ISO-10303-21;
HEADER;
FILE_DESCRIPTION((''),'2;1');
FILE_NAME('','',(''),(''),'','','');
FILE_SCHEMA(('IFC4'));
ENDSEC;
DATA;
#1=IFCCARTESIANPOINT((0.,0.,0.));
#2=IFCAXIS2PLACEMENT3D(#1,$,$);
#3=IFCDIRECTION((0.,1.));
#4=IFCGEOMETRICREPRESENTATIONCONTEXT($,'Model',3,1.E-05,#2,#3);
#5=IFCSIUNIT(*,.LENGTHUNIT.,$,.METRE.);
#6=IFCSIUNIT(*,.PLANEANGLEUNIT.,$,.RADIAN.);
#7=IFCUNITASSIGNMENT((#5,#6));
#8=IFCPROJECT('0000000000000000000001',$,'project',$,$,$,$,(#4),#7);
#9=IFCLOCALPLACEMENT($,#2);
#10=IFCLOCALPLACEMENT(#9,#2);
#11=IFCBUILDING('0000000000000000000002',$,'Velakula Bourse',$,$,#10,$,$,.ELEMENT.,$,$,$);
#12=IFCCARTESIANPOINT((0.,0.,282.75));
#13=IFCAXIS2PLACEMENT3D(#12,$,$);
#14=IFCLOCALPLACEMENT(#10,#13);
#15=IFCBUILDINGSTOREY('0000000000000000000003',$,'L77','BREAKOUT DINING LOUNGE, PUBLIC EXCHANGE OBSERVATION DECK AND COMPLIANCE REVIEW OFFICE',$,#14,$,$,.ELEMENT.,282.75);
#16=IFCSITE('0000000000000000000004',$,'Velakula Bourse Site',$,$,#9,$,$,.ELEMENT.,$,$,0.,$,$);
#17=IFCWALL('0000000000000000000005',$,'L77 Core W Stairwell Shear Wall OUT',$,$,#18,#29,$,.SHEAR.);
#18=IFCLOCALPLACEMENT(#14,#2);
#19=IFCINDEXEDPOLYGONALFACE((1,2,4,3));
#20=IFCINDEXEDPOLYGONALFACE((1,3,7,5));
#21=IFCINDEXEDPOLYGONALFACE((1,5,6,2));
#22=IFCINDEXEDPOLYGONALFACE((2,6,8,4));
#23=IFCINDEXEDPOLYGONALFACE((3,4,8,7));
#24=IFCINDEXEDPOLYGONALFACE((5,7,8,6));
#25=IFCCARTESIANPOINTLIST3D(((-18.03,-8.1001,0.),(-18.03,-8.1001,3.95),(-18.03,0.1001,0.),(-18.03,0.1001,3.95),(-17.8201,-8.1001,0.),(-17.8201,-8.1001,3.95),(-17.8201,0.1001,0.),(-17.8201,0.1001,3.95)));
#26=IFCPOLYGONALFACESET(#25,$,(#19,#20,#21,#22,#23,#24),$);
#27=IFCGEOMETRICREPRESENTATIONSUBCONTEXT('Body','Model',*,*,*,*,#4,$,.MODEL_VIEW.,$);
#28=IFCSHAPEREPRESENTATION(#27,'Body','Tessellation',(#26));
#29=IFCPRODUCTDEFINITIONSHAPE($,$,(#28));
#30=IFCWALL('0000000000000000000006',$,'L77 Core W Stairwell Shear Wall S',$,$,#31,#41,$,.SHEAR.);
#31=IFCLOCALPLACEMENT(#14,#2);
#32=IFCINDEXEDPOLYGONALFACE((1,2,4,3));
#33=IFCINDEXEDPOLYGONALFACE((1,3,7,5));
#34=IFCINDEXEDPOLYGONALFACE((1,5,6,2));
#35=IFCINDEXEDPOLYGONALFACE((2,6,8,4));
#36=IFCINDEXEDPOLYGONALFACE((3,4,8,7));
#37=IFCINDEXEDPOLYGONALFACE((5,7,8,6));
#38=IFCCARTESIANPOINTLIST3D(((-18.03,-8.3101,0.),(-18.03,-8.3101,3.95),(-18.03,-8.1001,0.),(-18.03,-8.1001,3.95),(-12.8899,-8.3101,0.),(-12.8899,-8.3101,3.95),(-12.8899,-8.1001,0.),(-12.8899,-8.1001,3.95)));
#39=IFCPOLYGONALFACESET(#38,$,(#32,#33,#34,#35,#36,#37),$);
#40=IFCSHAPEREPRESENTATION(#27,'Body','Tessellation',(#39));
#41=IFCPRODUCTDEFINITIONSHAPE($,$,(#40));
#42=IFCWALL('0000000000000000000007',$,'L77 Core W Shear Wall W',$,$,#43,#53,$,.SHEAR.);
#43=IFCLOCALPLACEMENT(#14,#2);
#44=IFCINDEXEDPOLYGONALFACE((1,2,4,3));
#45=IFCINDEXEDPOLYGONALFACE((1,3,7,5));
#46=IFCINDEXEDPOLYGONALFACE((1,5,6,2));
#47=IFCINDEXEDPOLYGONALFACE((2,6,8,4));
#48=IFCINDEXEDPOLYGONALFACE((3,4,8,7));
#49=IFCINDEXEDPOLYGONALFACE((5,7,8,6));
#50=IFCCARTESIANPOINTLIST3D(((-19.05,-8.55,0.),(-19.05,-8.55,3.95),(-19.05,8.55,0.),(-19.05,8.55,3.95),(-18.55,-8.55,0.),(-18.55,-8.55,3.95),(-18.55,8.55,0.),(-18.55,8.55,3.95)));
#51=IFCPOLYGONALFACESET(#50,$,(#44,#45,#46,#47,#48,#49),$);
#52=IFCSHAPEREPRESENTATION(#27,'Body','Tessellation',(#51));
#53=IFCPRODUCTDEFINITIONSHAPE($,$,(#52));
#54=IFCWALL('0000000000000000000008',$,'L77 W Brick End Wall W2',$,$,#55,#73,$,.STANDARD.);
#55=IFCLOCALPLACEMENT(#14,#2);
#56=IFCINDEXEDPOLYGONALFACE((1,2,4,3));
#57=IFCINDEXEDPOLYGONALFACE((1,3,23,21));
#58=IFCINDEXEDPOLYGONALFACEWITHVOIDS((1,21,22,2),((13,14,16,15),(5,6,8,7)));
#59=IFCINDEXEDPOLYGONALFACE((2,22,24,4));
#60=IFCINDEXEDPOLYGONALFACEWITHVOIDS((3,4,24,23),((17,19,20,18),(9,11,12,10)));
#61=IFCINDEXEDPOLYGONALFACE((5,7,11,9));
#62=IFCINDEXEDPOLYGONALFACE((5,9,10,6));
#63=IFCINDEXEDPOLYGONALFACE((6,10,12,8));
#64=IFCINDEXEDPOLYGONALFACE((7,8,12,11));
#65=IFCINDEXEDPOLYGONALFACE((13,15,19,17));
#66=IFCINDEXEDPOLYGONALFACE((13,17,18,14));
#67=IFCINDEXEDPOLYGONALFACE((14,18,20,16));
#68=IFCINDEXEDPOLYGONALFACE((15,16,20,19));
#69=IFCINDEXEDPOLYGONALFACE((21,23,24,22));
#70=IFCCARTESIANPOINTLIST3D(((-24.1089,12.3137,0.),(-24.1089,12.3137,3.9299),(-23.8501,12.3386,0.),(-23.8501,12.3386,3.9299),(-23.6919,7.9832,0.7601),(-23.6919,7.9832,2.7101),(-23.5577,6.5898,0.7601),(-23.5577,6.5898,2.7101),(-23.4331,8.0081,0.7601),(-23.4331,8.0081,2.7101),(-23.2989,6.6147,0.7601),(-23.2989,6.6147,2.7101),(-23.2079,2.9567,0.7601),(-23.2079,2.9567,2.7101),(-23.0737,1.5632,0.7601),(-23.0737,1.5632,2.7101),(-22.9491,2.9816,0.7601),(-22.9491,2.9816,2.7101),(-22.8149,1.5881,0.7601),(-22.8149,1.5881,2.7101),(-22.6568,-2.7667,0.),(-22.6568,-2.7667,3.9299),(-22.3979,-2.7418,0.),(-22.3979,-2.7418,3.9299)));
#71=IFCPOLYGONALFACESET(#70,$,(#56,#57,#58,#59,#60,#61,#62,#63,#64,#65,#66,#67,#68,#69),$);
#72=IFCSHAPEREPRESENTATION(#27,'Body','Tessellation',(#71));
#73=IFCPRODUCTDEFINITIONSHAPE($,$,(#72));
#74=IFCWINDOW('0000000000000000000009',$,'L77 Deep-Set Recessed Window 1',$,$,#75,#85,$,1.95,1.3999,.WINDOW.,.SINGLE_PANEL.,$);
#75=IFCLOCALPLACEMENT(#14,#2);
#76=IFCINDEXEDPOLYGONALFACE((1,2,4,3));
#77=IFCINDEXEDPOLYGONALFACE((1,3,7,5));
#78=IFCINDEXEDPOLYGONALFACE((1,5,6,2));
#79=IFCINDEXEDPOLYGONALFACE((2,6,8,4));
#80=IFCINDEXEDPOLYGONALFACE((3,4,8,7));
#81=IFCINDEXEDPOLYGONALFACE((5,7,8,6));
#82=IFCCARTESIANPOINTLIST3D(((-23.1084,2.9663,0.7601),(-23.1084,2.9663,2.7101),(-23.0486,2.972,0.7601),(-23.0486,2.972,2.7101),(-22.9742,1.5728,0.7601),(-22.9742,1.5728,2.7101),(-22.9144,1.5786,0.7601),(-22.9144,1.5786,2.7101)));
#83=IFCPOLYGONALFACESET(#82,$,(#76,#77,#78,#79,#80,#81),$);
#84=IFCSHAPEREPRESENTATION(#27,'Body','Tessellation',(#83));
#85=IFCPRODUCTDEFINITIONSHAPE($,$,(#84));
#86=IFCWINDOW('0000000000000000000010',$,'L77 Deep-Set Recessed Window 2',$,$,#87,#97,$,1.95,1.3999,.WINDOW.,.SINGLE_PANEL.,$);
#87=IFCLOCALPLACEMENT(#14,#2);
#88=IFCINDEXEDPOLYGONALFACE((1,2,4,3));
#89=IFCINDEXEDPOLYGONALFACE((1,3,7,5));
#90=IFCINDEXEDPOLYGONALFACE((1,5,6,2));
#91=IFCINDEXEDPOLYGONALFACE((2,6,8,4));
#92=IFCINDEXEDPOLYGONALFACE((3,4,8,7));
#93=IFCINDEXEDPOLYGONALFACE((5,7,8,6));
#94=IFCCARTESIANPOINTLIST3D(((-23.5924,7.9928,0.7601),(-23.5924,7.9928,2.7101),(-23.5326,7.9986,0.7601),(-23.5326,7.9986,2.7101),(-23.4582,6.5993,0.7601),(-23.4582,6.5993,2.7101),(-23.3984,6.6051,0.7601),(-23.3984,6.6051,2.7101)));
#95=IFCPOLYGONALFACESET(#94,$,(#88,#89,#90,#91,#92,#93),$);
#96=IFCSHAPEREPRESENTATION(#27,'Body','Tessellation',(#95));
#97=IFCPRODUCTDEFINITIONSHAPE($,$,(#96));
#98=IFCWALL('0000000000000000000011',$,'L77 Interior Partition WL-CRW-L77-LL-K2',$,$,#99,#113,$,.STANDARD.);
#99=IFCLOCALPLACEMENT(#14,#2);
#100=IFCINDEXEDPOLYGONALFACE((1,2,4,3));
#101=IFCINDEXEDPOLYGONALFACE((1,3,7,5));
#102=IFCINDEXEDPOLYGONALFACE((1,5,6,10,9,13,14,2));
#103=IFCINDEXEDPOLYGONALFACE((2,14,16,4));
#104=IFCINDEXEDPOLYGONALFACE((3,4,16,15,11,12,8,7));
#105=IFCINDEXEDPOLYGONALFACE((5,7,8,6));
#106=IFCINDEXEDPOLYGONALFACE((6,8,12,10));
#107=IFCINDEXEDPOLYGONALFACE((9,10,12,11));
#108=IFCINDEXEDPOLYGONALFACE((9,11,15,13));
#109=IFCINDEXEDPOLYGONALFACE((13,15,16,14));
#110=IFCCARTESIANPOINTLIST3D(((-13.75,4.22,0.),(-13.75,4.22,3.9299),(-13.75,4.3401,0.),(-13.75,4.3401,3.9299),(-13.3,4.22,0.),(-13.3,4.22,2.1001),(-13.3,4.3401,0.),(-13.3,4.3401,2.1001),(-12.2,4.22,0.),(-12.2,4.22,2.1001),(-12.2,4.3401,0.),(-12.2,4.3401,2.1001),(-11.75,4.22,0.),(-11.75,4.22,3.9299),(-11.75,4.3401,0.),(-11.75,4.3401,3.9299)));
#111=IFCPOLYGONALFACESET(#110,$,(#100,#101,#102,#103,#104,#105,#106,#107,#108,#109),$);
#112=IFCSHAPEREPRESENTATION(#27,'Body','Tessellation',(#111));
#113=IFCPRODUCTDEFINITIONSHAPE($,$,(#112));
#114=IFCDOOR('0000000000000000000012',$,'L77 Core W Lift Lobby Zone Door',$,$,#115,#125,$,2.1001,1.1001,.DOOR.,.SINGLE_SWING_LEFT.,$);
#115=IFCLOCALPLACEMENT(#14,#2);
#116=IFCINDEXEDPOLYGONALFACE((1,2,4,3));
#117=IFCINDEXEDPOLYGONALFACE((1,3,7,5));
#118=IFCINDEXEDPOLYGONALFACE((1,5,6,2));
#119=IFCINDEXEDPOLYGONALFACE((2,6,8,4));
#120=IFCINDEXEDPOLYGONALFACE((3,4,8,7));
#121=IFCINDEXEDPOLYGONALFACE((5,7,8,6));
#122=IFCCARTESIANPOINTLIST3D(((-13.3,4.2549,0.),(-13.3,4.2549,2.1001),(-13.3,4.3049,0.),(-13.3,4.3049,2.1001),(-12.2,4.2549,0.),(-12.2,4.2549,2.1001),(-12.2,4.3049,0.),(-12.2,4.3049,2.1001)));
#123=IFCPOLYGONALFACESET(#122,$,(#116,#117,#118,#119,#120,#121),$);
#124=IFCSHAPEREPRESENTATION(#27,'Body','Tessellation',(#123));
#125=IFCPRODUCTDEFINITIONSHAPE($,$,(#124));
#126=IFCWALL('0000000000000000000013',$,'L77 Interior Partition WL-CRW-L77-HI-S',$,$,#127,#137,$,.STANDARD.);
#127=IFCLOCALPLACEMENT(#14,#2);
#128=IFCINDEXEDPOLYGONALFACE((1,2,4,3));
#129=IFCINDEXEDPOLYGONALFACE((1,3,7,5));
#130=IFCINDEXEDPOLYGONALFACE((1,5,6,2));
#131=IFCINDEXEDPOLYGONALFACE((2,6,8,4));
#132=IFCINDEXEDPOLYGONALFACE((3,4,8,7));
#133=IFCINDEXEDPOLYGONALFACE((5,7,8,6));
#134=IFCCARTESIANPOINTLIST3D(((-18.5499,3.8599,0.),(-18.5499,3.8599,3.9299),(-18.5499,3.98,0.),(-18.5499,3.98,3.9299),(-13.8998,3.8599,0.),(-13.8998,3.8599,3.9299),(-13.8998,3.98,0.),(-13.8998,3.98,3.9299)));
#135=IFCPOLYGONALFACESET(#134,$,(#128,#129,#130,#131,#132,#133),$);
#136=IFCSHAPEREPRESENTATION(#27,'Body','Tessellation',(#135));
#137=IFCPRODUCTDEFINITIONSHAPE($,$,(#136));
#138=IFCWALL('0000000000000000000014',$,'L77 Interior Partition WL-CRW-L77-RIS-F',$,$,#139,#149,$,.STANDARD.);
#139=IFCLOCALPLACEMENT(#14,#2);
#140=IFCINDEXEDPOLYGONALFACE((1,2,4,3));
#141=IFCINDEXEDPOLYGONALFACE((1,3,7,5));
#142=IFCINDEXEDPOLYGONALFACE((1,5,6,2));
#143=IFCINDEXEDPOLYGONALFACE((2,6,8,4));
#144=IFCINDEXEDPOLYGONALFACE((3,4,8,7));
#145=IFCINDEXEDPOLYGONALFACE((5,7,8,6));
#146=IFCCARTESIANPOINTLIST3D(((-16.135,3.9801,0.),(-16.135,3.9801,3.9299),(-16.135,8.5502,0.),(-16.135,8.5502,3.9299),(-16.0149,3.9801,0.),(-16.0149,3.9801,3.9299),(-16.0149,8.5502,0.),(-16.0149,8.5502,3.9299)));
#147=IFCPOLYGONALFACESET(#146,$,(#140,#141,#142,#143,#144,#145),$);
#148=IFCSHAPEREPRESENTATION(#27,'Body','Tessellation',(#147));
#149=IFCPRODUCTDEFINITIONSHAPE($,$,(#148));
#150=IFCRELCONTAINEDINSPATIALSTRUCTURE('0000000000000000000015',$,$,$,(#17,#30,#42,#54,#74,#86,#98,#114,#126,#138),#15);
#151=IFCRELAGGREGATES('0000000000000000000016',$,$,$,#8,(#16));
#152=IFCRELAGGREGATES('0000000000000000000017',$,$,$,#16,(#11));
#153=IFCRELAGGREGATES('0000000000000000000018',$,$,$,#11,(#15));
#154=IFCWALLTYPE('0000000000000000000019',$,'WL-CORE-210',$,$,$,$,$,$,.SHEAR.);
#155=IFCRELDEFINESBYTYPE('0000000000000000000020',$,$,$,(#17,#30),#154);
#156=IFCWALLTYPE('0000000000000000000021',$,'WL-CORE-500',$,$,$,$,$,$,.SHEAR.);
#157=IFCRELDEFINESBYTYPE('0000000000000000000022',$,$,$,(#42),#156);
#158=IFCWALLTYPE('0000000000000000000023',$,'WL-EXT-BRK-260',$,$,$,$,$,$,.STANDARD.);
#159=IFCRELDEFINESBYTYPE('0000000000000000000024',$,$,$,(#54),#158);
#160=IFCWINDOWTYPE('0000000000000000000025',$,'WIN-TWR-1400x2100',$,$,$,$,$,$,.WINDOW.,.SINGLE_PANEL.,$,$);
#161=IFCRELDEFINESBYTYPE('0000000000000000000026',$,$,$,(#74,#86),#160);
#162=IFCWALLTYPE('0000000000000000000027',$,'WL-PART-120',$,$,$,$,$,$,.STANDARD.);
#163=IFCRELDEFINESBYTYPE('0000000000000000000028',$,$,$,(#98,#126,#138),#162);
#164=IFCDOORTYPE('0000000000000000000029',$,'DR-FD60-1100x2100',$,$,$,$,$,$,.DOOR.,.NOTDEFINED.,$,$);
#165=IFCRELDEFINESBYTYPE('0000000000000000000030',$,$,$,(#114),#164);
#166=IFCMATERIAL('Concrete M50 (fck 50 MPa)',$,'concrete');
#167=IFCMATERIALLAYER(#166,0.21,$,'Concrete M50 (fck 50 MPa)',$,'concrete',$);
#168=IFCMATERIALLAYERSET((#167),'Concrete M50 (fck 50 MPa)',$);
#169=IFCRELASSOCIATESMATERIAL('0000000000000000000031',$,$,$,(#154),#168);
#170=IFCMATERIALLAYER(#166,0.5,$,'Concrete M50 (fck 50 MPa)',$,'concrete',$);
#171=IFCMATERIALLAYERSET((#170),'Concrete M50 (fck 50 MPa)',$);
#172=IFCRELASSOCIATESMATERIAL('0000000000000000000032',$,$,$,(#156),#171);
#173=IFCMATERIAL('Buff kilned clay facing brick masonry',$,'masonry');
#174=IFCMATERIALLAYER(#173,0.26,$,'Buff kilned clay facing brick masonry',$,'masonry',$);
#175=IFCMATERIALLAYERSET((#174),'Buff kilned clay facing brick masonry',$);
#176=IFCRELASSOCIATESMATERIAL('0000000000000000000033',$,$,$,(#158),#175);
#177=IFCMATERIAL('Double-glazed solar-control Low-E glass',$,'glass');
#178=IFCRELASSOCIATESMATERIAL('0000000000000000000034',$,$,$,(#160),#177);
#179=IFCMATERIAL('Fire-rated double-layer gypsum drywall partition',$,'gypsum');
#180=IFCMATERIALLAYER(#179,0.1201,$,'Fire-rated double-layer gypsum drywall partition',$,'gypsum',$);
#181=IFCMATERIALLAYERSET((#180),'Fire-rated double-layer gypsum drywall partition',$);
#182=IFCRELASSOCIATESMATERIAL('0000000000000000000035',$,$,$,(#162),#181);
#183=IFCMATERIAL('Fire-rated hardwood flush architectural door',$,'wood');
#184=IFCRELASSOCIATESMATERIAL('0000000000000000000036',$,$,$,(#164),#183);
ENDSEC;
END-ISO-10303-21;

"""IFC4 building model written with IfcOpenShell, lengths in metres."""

from ifc_helpers import new_model, si_unit, direction, frame, frame_2d, origin, place, context, subcontext, project, spatial, rectangle, extrude, material, layer, layer_set, type_object, element, fill, save


model = new_model("IFC4")

# Units and contexts
model_context = context("Model", 3, precision=1e-05, world=origin(), true_north=direction((0.0, 1.0)))
body_context = subcontext(model_context, "Body", "Model", "MODEL_VIEW")
ifc_project = project(units=[si_unit("LENGTHUNIT", "METRE"), si_unit("PLANEANGLEUNIT", "RADIAN")], contexts=[model_context])

# Site, building, storey
site_placement = place(None, origin())
site = spatial("IfcSite", under=ifc_project, at=site_placement, Name="Velakula Bourse Site", CompositionType="ELEMENT", RefElevation=0.0)
building_placement = place(site_placement, origin())
building = spatial("IfcBuilding", under=site, at=building_placement, Name="Velakula Bourse", CompositionType="ELEMENT")
storey_placement = place(building_placement, frame((0.0, 0.0, 282.75)))
storey = spatial("IfcBuildingStorey", under=building, at=storey_placement, Name="L77", Description="BREAKOUT DINING LOUNGE, PUBLIC EXCHANGE OBSERVATION DECK AND COMPLIANCE REVIEW OFFICE", CompositionType="ELEMENT", Elevation=282.75)

# Shared definitions
ifc_material_1 = material(Name="Concrete M50 (fck 50 MPa)", Category="concrete")

# Walls
ifc_layer_1 = layer(ifc_material_1, 0.21, Name="Concrete M50 (fck 50 MPa)", Category="concrete")
ifc_layer_set_1 = layer_set([ifc_layer_1], Name="Concrete M50 (fck 50 MPa)")
wall_type_1 = type_object("IfcWallType", Name="WL-CORE-210", PredefinedType="SHEAR", material=ifc_layer_set_1)
wall_1_placement = place(storey_placement, frame((-17.925, -8.1001, 0.0), z_axis=(0.0, 0.0, 1.0), x_axis=(0.0, 1.0, 0.0)))
element("IfcWall", 1, at=wall_1_placement, inside=storey, type_object=wall_type_1, Name="L77 Core W Stairwell Shear Wall OUT", PredefinedType="SHEAR", context=body_context, shape_type="SweptSolid", body=[
    extrude(rectangle(XDim=8.2002, YDim=0.21, at=frame_2d((4.1001, 0.0))), origin(), (0.0, 0.0, 1.0), 3.95),
])
wall_2_placement = place(storey_placement, frame((-18.03, -8.2051, 0.0), z_axis=(0.0, 0.0, 1.0), x_axis=(1.0, 0.0, 0.0)))
element("IfcWall", 2, at=wall_2_placement, inside=storey, type_object=wall_type_1, Name="L77 Core W Stairwell Shear Wall S", PredefinedType="SHEAR", context=body_context, shape_type="SweptSolid", body=[
    extrude(rectangle(XDim=5.1401, YDim=0.21, at=frame_2d((2.5701, 0.0))), origin(), (0.0, 0.0, 1.0), 3.95),
])
ifc_layer_2 = layer(ifc_material_1, 0.5, Name="Concrete M50 (fck 50 MPa)", Category="concrete")
ifc_layer_set_2 = layer_set([ifc_layer_2], Name="Concrete M50 (fck 50 MPa)")
wall_type_2 = type_object("IfcWallType", Name="WL-CORE-500", PredefinedType="SHEAR", material=ifc_layer_set_2)
wall_3_placement = place(storey_placement, frame((-18.8, -8.55, 0.0), z_axis=(0.0, 0.0, 1.0), x_axis=(0.0, 1.0, 0.0)))
element("IfcWall", 3, at=wall_3_placement, inside=storey, type_object=wall_type_2, Name="L77 Core W Shear Wall W", PredefinedType="SHEAR", context=body_context, shape_type="SweptSolid", body=[
    extrude(rectangle(XDim=17.1001, YDim=0.5, at=frame_2d((8.55, 0.0))), origin(), (0.0, 0.0, 1.0), 3.95),
])

# Wall, openings, windows
ifc_material_2 = material(Name="Buff kilned clay facing brick masonry", Category="masonry")
ifc_layer_3 = layer(ifc_material_2, 0.26, Name="Buff kilned clay facing brick masonry", Category="masonry")
ifc_layer_set_3 = layer_set([ifc_layer_3], Name="Buff kilned clay facing brick masonry")
wall_type_3 = type_object("IfcWallType", Name="WL-EXT-BRK-260", PredefinedType="STANDARD", material=ifc_layer_set_3)
wall_4_placement = place(storey_placement, frame((-22.5273, -2.7544, 0.0), z_axis=(0.0, 0.0, 1.0), x_axis=(-0.095851, 0.995396, 0.0)))
wall_4 = element("IfcWall", 4, at=wall_4_placement, inside=storey, type_object=wall_type_3, Name="L77 W Brick End Wall W2", PredefinedType="STANDARD", context=body_context, shape_type="SweptSolid", body=[
    extrude(rectangle(XDim=15.1501, YDim=0.26, at=frame_2d((7.5752, 0.0))), origin(), (0.0, 0.0, 1.0), 3.9299),
])
opening_1_placement = place(wall_4_placement, frame((4.3501, 0.0, 0.76)))
opening_1 = element("IfcOpeningElement", 5, at=opening_1_placement, cuts=wall_4, PredefinedType="OPENING", context=body_context, shape_type="SweptSolid", body=[
    extrude(rectangle(XDim=1.3999, YDim=1.95, at=frame_2d((0.7, 0.9751))), frame((0.0, 0.1399, 0.0), z_axis=(0.0, -1.0, 0.0), x_axis=(1.0, 0.0, 0.0)), (0.0, 0.0, 1.0), 0.28),
])
opening_2_placement = place(wall_4_placement, frame((9.3999, 0.0, 0.76)))
opening_2 = element("IfcOpeningElement", 6, at=opening_2_placement, cuts=wall_4, PredefinedType="OPENING", context=body_context, shape_type="SweptSolid", body=[
    extrude(rectangle(XDim=1.3999, YDim=1.95, at=frame_2d((0.7, 0.9751))), frame((0.0, 0.1399, 0.0), z_axis=(0.0, -1.0, 0.0), x_axis=(1.0, 0.0, 0.0)), (0.0, 0.0, 1.0), 0.28),
])
ifc_material_3 = material(Name="Double-glazed solar-control Low-E glass", Category="glass")
window_type = type_object("IfcWindowType", Name="WIN-TWR-1400x2100", PartitioningType="SINGLE_PANEL", PredefinedType="WINDOW", material=ifc_material_3)
window_1_placement = place(opening_1_placement, origin())
window_1 = element("IfcWindow", 7, at=window_1_placement, inside=storey, type_object=window_type, Name="L77 Deep-Set Recessed Window 1", OverallHeight=1.95, OverallWidth=1.3999, PartitioningType="SINGLE_PANEL", PredefinedType="WINDOW", context=body_context, shape_type="SweptSolid", body=[
    extrude(rectangle(XDim=1.3999, YDim=1.95, at=frame_2d((0.7, 0.9751))), frame((0.0, 0.03, 0.0), z_axis=(0.0, -1.0, 0.0), x_axis=(1.0, 0.0, 0.0)), (0.0, 0.0, 1.0), 0.0601),
])
fill(opening_1, window_1)
window_2_placement = place(opening_2_placement, origin())
window_2 = element("IfcWindow", 8, at=window_2_placement, inside=storey, type_object=window_type, Name="L77 Deep-Set Recessed Window 2", OverallHeight=1.95, OverallWidth=1.3999, PartitioningType="SINGLE_PANEL", PredefinedType="WINDOW", context=body_context, shape_type="SweptSolid", body=[
    extrude(rectangle(XDim=1.3999, YDim=1.95, at=frame_2d((0.7, 0.9751))), frame((0.0, 0.03, 0.0), z_axis=(0.0, -1.0, 0.0), x_axis=(1.0, 0.0, 0.0)), (0.0, 0.0, 1.0), 0.0601),
])
fill(opening_2, window_2)

# Wall, opening, door
ifc_material_4 = material(Name="Fire-rated double-layer gypsum drywall partition", Category="gypsum")
ifc_layer_4 = layer(ifc_material_4, 0.1201, Name="Fire-rated double-layer gypsum drywall partition", Category="gypsum")
ifc_layer_set_4 = layer_set([ifc_layer_4], Name="Fire-rated double-layer gypsum drywall partition")
wall_type_4 = type_object("IfcWallType", Name="WL-PART-120", PredefinedType="STANDARD", material=ifc_layer_set_4)
wall_5_placement = place(storey_placement, frame((-13.75, 4.28, 0.0), z_axis=(0.0, 0.0, 1.0), x_axis=(1.0, 0.0, 0.0)))
wall_5 = element("IfcWall", 9, at=wall_5_placement, inside=storey, type_object=wall_type_4, Name="L77 Interior Partition WL-CRW-L77-LL-K2", PredefinedType="STANDARD", context=body_context, shape_type="SweptSolid", body=[
    extrude(rectangle(XDim=2.0, YDim=0.1201, at=frame_2d((1.0, 0.0))), origin(), (0.0, 0.0, 1.0), 3.9299),
])
opening_3_placement = place(wall_5_placement, frame((0.45, 0.0, 0.0)))
opening_3 = element("IfcOpeningElement", 10, at=opening_3_placement, cuts=wall_5, PredefinedType="OPENING", context=body_context, shape_type="SweptSolid", body=[
    extrude(rectangle(XDim=1.1001, YDim=2.1001, at=frame_2d((0.55, 1.05))), frame((0.0, 0.0701, 0.0), z_axis=(0.0, -1.0, 0.0), x_axis=(1.0, 0.0, 0.0)), (0.0, 0.0, 1.0), 0.1401),
])
ifc_material_5 = material(Name="Fire-rated hardwood flush architectural door", Category="wood")
door_type_1 = type_object("IfcDoorType", Name="DR-FD60-1100x2100", OperationType="NOTDEFINED", PredefinedType="DOOR", material=ifc_material_5)
door_1_placement = place(opening_3_placement, origin())
door_1 = element("IfcDoor", 11, at=door_1_placement, inside=storey, type_object=door_type_1, Name="L77 Core W Lift Lobby Zone Door", OperationType="SINGLE_SWING_LEFT", OverallHeight=2.1001, OverallWidth=1.1001, PredefinedType="DOOR", context=body_context, shape_type="SweptSolid", body=[
    extrude(rectangle(XDim=1.1001, YDim=2.1001, at=frame_2d((0.55, 1.05))), frame((0.0, 0.0249, 0.0), z_axis=(0.0, -1.0, 0.0), x_axis=(1.0, 0.0, 0.0)), (0.0, 0.0, 1.0), 0.05),
])
fill(opening_3, door_1)

# Walls
wall_6_placement = place(storey_placement, frame((-18.55, 3.9199, 0.0), z_axis=(0.0, 0.0, 1.0), x_axis=(1.0, 0.0, 0.0)))
element("IfcWall", 12, at=wall_6_placement, inside=storey, type_object=wall_type_4, Name="L77 Interior Partition WL-CRW-L77-HI-S", PredefinedType="STANDARD", context=body_context, shape_type="SweptSolid", body=[
    extrude(rectangle(XDim=4.6501, YDim=0.1201, at=frame_2d((2.3252, 0.0))), origin(), (0.0, 0.0, 1.0), 3.9299),
])
wall_7_placement = place(storey_placement, frame((-16.075, 3.98, 0.0), z_axis=(0.0, 0.0, 1.0), x_axis=(0.0, 1.0, 0.0)))
element("IfcWall", 13, at=wall_7_placement, inside=storey, type_object=wall_type_4, Name="L77 Interior Partition WL-CRW-L77-RIS-F", PredefinedType="STANDARD", context=body_context, shape_type="SweptSolid", body=[
    extrude(rectangle(XDim=4.5701, YDim=0.1201, at=frame_2d((2.2852, 0.0))), origin(), (0.0, 0.0, 1.0), 3.9299),
])

save(model, "model.ifc")
